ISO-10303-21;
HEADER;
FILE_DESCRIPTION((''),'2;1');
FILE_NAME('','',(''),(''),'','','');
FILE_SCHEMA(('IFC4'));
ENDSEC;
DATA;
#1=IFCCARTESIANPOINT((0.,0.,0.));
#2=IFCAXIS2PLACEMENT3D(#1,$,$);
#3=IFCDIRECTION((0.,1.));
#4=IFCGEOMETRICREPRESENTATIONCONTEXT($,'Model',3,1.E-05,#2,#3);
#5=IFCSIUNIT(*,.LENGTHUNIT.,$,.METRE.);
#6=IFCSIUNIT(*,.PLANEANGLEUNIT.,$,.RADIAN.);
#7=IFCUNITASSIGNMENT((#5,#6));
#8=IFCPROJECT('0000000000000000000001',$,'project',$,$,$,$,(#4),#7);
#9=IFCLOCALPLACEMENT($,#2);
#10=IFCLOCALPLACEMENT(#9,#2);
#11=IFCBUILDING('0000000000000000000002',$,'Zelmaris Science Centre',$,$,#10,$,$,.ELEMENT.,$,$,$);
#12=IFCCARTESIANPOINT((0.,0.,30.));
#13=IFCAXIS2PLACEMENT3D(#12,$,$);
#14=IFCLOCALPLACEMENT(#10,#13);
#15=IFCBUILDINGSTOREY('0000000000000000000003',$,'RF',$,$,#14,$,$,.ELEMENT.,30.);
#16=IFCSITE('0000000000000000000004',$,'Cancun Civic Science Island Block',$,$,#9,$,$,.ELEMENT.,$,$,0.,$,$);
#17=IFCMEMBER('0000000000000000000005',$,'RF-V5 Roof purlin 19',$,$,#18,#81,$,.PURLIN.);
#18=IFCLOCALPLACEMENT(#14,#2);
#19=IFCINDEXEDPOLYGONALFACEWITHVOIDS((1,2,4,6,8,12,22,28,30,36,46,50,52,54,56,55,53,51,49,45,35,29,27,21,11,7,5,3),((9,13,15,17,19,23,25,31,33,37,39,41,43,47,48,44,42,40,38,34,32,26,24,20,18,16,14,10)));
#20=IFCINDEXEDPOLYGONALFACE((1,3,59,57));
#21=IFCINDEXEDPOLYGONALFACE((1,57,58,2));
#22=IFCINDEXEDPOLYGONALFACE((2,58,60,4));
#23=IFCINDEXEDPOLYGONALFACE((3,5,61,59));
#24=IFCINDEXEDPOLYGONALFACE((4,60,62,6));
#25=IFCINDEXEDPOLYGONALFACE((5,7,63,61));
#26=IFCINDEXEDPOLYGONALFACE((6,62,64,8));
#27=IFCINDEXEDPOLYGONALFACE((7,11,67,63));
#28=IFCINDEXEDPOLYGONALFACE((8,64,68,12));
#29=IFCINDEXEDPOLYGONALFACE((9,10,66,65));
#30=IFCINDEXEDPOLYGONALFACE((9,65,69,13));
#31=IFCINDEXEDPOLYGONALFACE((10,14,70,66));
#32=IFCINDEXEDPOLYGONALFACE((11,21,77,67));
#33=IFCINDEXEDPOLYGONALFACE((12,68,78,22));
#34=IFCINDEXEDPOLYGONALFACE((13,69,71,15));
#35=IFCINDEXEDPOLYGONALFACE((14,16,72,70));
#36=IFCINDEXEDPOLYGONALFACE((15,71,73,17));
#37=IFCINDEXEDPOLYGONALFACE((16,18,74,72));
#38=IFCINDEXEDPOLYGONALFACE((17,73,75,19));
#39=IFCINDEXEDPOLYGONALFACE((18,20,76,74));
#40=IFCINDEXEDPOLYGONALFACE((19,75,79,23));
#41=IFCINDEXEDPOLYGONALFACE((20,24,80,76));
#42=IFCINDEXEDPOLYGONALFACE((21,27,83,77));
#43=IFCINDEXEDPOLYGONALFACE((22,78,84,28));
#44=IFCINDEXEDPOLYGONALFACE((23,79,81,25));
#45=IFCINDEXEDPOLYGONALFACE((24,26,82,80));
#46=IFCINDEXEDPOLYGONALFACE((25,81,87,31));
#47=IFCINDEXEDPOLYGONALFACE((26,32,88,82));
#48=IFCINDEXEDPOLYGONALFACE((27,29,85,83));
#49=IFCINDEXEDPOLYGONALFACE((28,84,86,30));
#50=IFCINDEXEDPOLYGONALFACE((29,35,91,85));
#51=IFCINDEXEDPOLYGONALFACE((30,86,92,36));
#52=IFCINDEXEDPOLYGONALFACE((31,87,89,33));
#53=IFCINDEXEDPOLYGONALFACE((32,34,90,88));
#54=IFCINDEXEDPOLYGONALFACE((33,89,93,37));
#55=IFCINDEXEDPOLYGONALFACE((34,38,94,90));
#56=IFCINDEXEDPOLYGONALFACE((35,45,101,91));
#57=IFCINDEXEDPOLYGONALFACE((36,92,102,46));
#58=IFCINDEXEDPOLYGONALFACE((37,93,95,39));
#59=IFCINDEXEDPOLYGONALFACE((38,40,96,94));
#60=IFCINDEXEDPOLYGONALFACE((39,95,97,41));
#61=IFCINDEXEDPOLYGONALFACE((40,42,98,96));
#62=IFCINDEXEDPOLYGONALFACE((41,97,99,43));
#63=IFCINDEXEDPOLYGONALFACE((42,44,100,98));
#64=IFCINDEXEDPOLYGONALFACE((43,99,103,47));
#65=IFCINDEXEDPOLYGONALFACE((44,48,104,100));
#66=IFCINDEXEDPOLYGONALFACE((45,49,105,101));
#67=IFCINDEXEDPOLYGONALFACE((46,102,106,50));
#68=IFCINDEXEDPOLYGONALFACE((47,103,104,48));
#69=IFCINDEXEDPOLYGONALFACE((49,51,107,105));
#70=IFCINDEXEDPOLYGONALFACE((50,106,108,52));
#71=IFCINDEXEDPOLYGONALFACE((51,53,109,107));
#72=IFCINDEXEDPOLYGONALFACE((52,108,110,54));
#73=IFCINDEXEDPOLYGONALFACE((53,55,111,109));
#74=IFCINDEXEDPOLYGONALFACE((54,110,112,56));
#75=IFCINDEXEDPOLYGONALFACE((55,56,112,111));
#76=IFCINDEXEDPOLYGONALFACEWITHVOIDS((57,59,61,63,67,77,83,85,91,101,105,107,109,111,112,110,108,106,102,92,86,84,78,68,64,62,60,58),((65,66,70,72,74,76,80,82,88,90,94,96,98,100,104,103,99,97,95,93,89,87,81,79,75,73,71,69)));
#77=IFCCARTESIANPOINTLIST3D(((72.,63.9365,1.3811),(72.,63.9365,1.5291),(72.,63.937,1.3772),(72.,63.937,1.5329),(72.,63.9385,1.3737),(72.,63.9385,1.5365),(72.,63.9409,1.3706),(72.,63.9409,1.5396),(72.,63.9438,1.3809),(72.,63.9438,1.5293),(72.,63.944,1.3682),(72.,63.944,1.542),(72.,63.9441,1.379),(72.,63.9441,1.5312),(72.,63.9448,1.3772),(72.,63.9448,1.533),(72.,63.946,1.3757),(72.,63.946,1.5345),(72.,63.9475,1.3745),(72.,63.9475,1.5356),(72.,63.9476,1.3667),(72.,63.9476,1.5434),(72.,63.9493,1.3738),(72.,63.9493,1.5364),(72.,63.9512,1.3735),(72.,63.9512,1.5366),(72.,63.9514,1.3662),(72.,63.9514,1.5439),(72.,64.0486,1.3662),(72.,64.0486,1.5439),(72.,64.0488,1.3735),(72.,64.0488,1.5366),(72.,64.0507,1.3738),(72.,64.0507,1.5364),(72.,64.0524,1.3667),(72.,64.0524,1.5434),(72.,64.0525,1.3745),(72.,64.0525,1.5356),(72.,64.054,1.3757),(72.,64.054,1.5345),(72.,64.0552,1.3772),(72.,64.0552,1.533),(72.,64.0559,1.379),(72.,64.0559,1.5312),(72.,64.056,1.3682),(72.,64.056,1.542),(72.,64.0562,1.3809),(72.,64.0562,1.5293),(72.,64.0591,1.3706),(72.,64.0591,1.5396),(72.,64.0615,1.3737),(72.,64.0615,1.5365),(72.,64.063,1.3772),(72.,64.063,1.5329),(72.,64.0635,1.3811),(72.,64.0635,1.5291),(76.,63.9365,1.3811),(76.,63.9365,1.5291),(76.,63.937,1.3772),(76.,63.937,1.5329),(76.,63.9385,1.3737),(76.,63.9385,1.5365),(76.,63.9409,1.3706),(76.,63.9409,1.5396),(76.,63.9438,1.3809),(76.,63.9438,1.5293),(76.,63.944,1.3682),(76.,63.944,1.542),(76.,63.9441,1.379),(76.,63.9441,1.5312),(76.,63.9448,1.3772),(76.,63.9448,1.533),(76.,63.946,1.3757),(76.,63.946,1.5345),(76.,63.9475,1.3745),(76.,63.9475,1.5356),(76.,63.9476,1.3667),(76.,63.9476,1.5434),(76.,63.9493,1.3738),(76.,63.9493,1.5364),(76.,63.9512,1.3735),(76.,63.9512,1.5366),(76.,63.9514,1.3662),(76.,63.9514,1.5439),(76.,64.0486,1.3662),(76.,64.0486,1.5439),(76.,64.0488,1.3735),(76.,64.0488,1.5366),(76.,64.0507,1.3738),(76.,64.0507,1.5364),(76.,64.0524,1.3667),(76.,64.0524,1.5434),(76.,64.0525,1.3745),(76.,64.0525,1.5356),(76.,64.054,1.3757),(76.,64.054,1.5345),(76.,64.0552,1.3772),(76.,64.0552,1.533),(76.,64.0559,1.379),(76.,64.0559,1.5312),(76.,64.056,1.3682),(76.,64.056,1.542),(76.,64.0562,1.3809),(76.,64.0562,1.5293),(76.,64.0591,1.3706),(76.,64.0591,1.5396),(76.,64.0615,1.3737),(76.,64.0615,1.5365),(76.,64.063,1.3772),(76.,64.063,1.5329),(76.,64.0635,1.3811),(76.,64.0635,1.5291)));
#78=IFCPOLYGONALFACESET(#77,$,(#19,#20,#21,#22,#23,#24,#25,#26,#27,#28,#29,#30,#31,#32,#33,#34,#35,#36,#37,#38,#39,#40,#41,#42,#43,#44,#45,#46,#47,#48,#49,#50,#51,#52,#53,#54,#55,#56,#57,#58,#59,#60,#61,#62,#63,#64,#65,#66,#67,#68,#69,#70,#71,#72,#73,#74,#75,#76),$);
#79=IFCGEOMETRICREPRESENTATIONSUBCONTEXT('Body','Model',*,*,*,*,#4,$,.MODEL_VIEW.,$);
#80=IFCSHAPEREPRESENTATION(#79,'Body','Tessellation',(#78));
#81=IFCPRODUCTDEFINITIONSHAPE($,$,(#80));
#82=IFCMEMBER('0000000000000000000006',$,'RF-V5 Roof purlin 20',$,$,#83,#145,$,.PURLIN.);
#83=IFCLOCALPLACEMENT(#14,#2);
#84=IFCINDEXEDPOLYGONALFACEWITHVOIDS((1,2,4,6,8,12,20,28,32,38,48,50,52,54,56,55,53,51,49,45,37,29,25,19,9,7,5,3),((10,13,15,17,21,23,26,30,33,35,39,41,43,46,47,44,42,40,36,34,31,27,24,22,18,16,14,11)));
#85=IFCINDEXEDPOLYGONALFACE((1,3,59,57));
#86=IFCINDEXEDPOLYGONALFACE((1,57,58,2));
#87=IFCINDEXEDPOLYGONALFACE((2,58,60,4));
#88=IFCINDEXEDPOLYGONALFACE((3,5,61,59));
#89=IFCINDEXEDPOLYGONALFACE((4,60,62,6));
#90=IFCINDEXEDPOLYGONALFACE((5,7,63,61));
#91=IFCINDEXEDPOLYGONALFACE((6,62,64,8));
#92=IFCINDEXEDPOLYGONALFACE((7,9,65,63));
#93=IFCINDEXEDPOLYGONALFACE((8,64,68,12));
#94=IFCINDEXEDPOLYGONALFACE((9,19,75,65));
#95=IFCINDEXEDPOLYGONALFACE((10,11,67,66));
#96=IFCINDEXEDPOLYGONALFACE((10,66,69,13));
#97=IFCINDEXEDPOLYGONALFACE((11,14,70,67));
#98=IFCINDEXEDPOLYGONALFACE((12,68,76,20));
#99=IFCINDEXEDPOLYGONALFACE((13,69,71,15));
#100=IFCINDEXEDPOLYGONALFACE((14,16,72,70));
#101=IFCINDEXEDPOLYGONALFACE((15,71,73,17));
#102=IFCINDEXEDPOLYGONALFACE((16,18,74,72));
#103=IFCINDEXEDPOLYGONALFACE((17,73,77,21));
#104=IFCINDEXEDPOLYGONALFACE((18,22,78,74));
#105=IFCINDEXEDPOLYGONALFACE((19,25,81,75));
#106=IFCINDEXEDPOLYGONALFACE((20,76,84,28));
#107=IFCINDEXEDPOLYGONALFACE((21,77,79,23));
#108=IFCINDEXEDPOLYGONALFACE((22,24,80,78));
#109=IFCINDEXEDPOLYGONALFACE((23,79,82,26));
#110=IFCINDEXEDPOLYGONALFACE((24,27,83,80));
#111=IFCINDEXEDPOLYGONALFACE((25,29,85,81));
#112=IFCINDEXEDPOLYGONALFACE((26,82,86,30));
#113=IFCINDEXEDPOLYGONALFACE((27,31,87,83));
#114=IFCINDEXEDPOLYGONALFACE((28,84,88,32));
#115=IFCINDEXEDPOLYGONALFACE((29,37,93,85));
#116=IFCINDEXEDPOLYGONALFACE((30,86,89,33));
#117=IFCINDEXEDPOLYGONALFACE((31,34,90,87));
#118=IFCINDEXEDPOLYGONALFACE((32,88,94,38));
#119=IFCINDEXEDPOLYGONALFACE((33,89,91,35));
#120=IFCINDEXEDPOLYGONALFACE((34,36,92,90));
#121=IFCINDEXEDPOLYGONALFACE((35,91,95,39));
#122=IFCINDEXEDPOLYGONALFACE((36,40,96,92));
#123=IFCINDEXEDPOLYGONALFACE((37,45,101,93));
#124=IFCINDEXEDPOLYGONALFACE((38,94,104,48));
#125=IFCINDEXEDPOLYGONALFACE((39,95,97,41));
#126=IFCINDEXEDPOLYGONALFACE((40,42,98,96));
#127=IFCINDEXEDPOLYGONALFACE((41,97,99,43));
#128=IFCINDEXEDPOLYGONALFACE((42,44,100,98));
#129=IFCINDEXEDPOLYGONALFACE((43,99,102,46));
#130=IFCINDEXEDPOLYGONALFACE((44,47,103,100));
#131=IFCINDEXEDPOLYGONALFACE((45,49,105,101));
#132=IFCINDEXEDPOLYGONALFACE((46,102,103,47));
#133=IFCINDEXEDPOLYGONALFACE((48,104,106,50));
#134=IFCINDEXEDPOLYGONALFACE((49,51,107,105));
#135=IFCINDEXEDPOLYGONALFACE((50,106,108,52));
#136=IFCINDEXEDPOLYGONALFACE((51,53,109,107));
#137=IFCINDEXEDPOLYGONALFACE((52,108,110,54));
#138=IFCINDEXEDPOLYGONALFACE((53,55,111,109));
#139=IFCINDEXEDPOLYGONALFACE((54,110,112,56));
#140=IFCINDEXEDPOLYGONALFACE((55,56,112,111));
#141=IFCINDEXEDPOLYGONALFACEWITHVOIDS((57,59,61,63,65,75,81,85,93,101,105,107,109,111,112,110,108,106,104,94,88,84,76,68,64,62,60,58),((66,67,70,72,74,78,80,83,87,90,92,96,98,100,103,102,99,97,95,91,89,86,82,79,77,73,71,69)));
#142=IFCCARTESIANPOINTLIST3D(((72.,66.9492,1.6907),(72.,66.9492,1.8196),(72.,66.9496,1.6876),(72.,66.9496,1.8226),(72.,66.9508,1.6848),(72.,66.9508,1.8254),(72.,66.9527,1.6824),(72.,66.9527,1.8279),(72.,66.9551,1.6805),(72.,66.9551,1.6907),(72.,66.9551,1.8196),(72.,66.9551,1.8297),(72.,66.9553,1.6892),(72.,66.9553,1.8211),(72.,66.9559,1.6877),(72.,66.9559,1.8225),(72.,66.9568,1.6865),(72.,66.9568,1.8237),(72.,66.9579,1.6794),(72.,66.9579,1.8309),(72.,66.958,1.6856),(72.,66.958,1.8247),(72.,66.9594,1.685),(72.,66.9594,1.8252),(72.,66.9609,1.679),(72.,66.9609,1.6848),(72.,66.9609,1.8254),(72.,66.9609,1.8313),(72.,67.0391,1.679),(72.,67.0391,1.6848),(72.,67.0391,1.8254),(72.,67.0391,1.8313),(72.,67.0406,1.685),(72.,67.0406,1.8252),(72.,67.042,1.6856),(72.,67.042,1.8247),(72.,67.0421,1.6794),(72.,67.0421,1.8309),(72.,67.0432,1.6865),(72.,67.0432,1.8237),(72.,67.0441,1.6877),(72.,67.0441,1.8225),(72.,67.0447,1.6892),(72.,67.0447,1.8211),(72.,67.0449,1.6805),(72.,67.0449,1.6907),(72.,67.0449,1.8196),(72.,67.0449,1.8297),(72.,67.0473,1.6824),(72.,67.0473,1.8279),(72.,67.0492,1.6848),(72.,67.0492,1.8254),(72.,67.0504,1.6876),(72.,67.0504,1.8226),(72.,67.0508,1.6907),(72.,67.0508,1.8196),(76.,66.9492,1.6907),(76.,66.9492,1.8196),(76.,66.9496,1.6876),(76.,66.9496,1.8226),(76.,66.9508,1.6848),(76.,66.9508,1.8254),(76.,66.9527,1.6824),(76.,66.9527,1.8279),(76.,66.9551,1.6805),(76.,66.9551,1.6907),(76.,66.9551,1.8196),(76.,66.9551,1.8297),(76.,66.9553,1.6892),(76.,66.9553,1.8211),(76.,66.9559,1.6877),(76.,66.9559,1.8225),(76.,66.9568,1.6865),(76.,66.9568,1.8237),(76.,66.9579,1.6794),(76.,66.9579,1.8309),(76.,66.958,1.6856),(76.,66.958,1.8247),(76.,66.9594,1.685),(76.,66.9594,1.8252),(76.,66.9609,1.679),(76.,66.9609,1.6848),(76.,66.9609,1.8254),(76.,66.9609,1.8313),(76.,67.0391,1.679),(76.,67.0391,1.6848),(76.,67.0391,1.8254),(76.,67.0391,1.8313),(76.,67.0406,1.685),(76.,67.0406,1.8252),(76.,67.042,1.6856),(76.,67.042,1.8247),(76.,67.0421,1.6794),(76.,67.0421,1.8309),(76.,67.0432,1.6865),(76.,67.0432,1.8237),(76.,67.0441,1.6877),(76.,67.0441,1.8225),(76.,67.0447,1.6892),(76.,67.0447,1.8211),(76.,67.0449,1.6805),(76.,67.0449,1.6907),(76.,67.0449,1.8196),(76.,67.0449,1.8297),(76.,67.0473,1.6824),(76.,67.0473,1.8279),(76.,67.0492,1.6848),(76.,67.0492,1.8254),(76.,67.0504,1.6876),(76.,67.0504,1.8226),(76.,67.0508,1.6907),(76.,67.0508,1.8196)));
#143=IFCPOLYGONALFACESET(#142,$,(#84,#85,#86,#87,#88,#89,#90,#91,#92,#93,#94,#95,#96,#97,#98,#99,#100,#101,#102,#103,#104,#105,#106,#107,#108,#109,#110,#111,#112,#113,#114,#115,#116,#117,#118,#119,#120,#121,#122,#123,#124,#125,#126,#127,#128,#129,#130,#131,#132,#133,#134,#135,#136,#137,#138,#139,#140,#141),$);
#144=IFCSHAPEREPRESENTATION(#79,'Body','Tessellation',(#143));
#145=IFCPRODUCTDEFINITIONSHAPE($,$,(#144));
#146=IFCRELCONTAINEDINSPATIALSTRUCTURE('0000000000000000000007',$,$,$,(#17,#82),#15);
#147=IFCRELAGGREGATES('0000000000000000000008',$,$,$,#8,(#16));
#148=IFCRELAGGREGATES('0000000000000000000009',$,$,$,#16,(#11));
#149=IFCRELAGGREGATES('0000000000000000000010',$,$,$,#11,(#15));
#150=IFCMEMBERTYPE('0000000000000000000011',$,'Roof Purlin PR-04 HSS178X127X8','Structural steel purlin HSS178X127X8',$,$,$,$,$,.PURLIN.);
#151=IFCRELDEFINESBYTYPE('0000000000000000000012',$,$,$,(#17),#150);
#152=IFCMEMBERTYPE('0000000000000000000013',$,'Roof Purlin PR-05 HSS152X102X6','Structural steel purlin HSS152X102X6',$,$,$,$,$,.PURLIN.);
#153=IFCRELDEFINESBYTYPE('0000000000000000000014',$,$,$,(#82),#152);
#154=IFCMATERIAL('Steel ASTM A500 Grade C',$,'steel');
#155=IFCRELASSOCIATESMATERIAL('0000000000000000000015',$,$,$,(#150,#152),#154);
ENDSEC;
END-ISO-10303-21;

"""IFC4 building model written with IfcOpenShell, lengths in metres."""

from ifc_helpers import new_model, si_unit, direction, frame, origin, origin_2d, place, context, subcontext, project, spatial, hollow_rectangle, extrude, material, material_profile, profile_set, type_object, element, save


model = new_model("IFC4")

# Units and contexts
model_context = context("Model", 3, precision=1e-05, world=origin(), true_north=direction((0.0, 1.0)))
body_context = subcontext(model_context, "Body", "Model", "MODEL_VIEW")
ifc_project = project(units=[si_unit("LENGTHUNIT", "METRE"), si_unit("PLANEANGLEUNIT", "RADIAN")], contexts=[model_context])

# Site, building, storey
site_placement = place(None, origin())
site = spatial("IfcSite", under=ifc_project, at=site_placement, Name="Cancun Civic Science Island Block", CompositionType="ELEMENT", RefElevation=0.0)
building_placement = place(site_placement, origin())
building = spatial("IfcBuilding", under=site, at=building_placement, Name="Zelmaris Science Centre", CompositionType="ELEMENT")
storey_placement = place(building_placement, frame((0.0, 0.0, 30.0)))
storey = spatial("IfcBuildingStorey", under=building, at=storey_placement, Name="RF", CompositionType="ELEMENT", Elevation=30.0)

# Shared definitions
ifc_material = material(Name="Steel ASTM A500 Grade C", Category="steel")

# Members
ifc_material_profile_1 = material_profile(ifc_material, hollow_rectangle(XDim=0.127, YDim=0.1777, WallThickness=0.0073, InnerFilletRadius=0.0073, OuterFilletRadius=0.0149, at=origin_2d()), Name="HSS178X127X8")
ifc_profile_set_1 = profile_set([ifc_material_profile_1], Name="Steel ASTM A500 Grade C")
member_type_1 = type_object("IfcMemberType", Name="Roof Purlin PR-04 HSS178X127X8", Description="Structural steel purlin HSS178X127X8", PredefinedType="PURLIN", material=ifc_profile_set_1)
member_1_placement = place(storey_placement, frame((72.0, 64.0, 1.4551), z_axis=(1.0, 0.0, 0.0), x_axis=(0.0, 1.0, 0.0)))
element("IfcMember", 1, at=member_1_placement, inside=storey, type_object=member_type_1, Name="RF-V5 Roof purlin 19", PredefinedType="PURLIN", context=body_context, shape_type="SweptSolid", body=[
    extrude(hollow_rectangle(XDim=0.127, YDim=0.1777, WallThickness=0.0073, InnerFilletRadius=0.0073, OuterFilletRadius=0.0149, at=origin_2d()), origin(), (0.0, 0.0, 1.0), 4.0),
])
ifc_material_profile_2 = material_profile(ifc_material, hollow_rectangle(XDim=0.1016, YDim=0.1523, WallThickness=0.0059, InnerFilletRadius=0.0059, OuterFilletRadius=0.0117, at=origin_2d()), Name="HSS152X102X6")
ifc_profile_set_2 = profile_set([ifc_material_profile_2], Name="Steel ASTM A500 Grade C")
member_type_2 = type_object("IfcMemberType", Name="Roof Purlin PR-05 HSS152X102X6", Description="Structural steel purlin HSS152X102X6", PredefinedType="PURLIN", material=ifc_profile_set_2)
member_2_placement = place(storey_placement, frame((72.0, 67.0, 1.7551), z_axis=(1.0, 0.0, 0.0), x_axis=(0.0, 1.0, 0.0)))
element("IfcMember", 2, at=member_2_placement, inside=storey, type_object=member_type_2, Name="RF-V5 Roof purlin 20", PredefinedType="PURLIN", context=body_context, shape_type="SweptSolid", body=[
    extrude(hollow_rectangle(XDim=0.1016, YDim=0.1523, WallThickness=0.0059, InnerFilletRadius=0.0059, OuterFilletRadius=0.0117, at=origin_2d()), origin(), (0.0, 0.0, 1.0), 4.0),
])

save(model, "model.ifc")
